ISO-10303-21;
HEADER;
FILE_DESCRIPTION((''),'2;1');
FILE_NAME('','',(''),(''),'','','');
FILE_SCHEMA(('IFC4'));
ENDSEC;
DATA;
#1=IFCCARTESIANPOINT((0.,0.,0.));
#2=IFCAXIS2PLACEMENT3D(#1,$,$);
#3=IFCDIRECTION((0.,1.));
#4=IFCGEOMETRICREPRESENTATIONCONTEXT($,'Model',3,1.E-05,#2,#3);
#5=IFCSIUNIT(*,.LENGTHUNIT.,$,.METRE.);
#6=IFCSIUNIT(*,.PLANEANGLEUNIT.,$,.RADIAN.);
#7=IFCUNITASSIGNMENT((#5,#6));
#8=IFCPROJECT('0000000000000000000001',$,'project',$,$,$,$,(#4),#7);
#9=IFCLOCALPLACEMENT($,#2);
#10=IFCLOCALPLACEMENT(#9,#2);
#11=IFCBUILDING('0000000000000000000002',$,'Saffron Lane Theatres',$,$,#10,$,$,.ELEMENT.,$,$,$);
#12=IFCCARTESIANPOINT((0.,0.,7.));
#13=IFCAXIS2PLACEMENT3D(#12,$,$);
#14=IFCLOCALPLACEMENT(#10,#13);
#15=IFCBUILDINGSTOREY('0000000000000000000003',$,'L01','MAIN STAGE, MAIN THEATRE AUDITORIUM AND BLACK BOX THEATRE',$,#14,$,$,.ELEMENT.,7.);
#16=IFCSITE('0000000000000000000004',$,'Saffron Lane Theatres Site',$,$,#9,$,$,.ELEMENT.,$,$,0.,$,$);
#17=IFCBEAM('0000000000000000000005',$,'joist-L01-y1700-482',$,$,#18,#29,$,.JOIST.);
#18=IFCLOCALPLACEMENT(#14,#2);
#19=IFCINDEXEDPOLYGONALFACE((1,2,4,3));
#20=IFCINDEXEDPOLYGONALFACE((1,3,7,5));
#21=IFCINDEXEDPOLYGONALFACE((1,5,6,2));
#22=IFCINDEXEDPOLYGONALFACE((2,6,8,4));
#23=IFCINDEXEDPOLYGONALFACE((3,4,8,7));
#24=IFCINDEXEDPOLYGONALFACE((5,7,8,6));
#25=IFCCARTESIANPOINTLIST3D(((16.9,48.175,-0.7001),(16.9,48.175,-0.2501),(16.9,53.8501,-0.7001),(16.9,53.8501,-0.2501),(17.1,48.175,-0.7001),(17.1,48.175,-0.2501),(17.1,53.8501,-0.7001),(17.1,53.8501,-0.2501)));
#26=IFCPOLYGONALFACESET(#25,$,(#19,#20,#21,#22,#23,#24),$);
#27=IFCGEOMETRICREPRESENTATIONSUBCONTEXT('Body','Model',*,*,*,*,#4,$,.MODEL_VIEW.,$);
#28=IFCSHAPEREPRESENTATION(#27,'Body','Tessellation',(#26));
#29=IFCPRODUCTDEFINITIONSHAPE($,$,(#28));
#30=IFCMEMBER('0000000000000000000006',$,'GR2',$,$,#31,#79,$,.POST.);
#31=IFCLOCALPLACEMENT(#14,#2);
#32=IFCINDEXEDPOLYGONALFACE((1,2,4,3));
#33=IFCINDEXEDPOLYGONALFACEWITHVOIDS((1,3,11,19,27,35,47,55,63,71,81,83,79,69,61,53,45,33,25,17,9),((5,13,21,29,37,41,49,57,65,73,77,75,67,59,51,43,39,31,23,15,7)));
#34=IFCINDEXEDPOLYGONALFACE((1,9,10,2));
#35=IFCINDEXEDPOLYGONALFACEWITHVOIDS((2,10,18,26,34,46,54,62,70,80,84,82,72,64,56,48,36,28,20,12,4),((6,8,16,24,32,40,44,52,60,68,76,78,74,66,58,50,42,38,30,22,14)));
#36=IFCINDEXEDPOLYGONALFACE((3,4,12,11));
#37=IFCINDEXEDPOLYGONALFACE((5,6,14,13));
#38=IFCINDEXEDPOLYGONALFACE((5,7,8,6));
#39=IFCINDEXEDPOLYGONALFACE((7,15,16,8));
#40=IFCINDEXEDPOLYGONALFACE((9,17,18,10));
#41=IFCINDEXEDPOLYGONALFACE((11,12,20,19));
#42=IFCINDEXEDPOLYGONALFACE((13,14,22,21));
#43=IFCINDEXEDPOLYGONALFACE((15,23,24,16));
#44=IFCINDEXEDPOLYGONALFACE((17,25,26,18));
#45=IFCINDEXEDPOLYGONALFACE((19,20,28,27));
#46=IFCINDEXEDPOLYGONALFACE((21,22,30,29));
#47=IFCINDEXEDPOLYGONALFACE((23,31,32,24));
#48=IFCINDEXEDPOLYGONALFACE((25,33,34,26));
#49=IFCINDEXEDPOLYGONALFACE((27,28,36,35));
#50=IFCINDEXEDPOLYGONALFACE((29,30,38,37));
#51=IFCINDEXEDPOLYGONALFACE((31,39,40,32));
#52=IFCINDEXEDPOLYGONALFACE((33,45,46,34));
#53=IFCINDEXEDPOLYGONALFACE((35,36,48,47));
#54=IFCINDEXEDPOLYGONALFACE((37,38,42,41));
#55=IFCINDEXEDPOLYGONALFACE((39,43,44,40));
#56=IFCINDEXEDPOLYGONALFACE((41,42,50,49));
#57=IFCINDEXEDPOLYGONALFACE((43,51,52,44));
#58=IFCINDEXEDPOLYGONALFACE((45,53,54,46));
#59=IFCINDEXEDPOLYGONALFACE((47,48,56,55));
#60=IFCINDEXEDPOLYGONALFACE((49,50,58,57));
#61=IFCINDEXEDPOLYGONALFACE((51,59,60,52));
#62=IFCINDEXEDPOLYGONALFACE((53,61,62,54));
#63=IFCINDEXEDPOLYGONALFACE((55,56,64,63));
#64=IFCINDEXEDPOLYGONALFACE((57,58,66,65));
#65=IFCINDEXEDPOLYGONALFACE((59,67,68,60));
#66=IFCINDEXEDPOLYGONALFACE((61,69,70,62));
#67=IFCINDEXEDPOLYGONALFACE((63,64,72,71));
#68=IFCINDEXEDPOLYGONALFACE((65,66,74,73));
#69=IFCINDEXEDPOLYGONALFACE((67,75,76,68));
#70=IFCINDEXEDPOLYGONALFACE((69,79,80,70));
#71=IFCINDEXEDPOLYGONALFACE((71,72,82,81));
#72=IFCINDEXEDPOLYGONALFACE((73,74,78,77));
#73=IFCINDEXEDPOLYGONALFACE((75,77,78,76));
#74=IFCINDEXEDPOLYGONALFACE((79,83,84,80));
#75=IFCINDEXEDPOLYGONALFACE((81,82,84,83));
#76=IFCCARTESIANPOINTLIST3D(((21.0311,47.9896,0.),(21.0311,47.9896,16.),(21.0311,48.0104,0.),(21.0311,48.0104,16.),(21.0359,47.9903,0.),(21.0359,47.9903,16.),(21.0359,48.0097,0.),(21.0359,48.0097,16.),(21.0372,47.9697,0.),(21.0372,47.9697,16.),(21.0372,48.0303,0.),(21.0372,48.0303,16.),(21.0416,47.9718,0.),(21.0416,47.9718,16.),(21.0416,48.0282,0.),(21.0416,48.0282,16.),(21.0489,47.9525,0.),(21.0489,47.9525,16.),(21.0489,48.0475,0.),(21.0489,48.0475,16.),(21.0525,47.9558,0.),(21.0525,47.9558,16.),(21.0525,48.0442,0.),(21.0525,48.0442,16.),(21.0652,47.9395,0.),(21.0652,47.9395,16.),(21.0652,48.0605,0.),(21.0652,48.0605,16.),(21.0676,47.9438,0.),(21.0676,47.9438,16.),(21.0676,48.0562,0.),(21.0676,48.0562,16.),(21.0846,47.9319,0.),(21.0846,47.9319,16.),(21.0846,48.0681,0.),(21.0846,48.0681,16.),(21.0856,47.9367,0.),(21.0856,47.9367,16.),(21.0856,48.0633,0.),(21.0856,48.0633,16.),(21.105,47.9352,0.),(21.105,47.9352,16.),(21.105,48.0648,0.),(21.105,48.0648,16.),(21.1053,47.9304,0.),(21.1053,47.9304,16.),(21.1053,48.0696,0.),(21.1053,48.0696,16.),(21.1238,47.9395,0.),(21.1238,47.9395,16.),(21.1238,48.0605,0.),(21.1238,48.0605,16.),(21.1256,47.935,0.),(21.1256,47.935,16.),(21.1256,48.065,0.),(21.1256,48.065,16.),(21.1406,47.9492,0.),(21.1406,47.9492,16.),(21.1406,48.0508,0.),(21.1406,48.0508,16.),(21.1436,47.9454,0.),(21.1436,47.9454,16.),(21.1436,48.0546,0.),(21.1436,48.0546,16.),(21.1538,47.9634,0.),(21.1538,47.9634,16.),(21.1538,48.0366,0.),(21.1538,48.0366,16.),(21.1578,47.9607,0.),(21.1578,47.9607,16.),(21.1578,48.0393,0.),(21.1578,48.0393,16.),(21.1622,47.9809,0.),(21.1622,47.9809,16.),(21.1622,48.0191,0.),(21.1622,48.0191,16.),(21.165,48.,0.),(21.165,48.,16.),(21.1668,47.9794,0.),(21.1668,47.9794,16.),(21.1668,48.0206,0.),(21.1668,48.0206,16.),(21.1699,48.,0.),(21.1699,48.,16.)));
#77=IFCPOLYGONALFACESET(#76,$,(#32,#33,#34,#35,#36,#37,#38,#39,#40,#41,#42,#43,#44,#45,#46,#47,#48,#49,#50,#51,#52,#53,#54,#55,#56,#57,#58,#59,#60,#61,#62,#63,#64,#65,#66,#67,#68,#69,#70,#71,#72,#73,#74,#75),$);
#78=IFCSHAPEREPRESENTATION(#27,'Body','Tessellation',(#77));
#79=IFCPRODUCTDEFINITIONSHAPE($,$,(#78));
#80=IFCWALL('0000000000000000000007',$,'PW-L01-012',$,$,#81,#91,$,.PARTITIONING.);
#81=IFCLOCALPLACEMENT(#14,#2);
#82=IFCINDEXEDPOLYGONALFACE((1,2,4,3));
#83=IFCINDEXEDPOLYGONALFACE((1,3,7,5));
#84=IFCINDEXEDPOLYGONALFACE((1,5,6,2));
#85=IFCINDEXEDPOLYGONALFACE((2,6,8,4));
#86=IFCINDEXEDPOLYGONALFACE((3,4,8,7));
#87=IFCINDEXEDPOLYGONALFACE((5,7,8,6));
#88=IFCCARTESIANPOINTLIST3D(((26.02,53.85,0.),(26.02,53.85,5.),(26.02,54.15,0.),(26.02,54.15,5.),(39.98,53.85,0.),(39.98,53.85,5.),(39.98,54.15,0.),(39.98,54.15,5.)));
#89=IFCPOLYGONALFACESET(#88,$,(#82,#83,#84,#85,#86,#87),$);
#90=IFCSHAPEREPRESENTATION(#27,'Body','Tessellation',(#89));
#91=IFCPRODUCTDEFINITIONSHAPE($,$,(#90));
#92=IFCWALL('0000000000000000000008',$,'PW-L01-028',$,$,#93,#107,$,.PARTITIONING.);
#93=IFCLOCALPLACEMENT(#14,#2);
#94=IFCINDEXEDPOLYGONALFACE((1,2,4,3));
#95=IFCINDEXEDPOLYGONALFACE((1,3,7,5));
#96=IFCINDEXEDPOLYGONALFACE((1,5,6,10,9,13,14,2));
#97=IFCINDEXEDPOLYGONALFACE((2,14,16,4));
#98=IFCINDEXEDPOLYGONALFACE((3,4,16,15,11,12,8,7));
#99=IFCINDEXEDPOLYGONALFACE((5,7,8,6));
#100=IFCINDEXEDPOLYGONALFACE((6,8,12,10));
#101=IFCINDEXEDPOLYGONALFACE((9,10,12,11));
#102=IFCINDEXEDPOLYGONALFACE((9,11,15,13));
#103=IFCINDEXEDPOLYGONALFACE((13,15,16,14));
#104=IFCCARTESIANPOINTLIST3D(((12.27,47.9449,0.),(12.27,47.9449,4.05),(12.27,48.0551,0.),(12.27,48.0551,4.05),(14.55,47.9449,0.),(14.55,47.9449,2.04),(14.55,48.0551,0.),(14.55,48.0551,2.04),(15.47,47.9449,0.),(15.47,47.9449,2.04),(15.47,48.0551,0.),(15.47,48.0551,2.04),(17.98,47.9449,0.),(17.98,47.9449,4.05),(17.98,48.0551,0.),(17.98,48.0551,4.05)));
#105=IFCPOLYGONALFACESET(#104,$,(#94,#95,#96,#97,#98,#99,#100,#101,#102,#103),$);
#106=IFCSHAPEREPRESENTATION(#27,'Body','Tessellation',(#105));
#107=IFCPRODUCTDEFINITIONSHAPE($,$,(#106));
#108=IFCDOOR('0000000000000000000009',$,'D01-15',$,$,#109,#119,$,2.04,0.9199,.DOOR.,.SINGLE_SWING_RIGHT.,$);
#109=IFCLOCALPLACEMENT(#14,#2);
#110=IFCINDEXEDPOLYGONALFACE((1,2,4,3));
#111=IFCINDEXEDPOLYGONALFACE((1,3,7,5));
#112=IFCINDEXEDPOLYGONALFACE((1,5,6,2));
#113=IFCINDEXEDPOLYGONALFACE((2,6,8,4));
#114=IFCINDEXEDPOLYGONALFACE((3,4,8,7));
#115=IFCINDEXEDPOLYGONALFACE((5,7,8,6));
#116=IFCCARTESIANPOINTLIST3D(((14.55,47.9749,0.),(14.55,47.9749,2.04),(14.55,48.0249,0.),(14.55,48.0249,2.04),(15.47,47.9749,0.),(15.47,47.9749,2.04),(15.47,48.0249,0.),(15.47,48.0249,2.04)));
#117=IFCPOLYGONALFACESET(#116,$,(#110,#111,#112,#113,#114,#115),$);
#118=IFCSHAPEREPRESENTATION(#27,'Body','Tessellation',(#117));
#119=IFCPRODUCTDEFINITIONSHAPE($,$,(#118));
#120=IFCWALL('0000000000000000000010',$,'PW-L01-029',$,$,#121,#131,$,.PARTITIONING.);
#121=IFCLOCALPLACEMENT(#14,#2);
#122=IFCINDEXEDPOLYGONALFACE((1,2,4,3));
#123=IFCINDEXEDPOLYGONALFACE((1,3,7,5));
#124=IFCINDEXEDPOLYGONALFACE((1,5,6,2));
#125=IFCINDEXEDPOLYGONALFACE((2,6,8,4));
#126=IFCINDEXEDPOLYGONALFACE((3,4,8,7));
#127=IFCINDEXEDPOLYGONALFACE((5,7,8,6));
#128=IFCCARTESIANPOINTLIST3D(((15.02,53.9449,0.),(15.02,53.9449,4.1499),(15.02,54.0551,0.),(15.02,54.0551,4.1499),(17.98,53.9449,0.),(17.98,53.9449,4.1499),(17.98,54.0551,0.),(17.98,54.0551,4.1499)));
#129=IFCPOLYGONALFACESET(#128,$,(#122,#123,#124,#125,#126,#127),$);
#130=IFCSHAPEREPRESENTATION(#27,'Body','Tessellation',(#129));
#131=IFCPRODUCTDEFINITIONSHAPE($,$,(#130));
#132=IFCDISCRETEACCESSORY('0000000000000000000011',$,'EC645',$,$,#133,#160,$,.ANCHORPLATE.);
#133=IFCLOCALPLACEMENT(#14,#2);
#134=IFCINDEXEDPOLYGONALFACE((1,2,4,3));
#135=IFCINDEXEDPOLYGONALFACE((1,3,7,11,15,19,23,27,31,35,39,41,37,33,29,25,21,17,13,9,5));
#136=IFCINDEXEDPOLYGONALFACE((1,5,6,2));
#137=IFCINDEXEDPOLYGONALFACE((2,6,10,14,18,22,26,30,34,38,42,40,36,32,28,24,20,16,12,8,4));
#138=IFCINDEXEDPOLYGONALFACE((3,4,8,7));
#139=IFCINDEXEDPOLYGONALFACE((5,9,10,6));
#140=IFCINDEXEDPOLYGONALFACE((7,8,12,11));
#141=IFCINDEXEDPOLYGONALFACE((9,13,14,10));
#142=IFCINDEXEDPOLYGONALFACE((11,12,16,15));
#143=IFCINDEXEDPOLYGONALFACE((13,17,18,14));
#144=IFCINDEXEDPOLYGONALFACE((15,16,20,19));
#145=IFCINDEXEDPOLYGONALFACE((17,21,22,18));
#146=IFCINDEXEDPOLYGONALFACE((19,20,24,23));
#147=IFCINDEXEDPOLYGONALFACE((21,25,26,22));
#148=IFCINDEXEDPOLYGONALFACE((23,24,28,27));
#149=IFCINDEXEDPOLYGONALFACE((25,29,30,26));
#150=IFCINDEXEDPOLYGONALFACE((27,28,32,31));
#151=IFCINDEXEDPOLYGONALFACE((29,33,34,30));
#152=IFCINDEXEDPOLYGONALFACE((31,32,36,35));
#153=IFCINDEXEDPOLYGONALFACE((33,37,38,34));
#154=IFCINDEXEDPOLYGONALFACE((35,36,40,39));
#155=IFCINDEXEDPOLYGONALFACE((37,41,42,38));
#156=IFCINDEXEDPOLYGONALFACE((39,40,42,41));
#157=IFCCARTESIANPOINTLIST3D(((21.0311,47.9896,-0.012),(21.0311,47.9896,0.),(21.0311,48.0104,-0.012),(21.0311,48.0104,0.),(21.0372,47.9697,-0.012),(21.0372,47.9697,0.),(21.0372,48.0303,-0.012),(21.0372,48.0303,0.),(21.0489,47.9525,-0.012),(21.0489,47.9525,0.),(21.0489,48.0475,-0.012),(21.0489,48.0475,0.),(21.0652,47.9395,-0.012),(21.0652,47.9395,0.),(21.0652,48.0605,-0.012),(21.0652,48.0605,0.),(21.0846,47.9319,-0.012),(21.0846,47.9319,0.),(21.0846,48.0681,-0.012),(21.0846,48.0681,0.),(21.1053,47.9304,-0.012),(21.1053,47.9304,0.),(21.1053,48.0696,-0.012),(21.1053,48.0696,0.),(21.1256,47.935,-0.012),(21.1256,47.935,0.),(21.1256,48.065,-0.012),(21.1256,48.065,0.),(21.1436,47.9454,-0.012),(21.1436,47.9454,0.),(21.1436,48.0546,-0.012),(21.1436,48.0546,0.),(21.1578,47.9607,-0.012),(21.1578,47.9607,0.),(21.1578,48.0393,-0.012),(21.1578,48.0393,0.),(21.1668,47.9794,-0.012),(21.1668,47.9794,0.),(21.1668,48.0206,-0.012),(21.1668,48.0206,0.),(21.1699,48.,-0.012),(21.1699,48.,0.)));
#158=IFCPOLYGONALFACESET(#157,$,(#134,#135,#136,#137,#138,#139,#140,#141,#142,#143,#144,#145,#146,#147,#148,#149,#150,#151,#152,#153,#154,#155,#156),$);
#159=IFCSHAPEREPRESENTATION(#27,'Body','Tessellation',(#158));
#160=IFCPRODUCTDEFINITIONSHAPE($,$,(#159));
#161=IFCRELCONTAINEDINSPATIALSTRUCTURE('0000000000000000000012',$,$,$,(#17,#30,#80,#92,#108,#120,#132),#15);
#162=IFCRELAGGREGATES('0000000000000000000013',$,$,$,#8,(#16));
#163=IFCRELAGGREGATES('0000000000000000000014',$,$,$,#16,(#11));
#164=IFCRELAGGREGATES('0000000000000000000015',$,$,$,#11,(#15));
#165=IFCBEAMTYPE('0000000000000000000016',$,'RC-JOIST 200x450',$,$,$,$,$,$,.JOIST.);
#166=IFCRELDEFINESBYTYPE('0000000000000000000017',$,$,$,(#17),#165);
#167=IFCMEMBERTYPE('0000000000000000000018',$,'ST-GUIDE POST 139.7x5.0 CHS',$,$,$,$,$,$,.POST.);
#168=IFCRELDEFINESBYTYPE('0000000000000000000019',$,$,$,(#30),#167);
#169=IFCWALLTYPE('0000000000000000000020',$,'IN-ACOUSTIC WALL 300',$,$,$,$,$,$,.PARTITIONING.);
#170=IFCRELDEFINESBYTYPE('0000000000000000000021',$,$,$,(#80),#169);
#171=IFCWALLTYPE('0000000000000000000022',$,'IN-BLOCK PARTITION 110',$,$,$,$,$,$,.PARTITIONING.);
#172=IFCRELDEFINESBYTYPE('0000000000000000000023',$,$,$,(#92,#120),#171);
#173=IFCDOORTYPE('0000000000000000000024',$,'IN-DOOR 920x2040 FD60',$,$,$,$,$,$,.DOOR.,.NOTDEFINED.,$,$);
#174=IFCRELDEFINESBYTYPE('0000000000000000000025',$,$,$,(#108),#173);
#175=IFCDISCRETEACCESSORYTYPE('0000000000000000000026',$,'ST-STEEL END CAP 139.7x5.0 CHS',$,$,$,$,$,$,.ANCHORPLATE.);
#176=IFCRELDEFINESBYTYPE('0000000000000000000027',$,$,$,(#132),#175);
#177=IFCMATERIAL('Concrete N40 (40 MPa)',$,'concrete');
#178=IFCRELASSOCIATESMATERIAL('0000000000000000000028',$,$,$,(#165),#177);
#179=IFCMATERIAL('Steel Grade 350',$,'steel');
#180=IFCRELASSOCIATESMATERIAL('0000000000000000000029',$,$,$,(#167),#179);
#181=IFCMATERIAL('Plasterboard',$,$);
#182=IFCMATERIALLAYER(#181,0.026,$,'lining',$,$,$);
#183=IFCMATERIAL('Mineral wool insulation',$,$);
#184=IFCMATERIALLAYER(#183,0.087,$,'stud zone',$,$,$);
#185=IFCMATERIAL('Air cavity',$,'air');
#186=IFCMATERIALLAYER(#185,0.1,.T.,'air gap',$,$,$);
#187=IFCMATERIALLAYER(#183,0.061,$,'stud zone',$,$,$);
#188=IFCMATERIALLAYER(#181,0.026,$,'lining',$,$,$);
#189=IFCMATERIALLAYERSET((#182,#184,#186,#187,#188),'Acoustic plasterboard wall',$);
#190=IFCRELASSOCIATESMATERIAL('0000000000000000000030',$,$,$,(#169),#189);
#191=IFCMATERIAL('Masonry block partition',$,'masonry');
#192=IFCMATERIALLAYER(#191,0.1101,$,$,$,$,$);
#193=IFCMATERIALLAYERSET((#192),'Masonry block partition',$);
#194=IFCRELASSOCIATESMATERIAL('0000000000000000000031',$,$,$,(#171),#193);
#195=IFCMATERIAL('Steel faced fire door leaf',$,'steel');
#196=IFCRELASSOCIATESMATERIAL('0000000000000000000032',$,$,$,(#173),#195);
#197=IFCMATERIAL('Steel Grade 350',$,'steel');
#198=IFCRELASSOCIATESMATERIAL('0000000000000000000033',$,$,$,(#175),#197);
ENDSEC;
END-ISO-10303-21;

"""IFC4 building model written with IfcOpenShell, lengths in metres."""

from ifc_helpers import new_model, si_unit, direction, frame, frame_2d, origin, origin_2d, place, context, subcontext, project, spatial, rectangle, circle, hollow_circle, extrude, material, layer, layer_set, material_profile, profile_set, type_object, element, fill, save


model = new_model("IFC4")

# Units and contexts
model_context = context("Model", 3, precision=1e-05, world=origin(), true_north=direction((0.0, 1.0)))
body_context = subcontext(model_context, "Body", "Model", "MODEL_VIEW")
ifc_project = project(units=[si_unit("LENGTHUNIT", "METRE"), si_unit("PLANEANGLEUNIT", "RADIAN")], contexts=[model_context])

# Site, building, storey
site_placement = place(None, origin())
site = spatial("IfcSite", under=ifc_project, at=site_placement, Name="Saffron Lane Theatres Site", CompositionType="ELEMENT", RefElevation=0.0)
building_placement = place(site_placement, origin())
building = spatial("IfcBuilding", under=site, at=building_placement, Name="Saffron Lane Theatres", CompositionType="ELEMENT")
storey_placement = place(building_placement, frame((0.0, 0.0, 7.0)))
storey = spatial("IfcBuildingStorey", under=building, at=storey_placement, Name="L01", Description="MAIN STAGE, MAIN THEATRE AUDITORIUM AND BLACK BOX THEATRE", CompositionType="ELEMENT", Elevation=7.0)

# Beam
ifc_material_1 = material(Name="Concrete N40 (40 MPa)", Category="concrete")
ifc_material_profile_1 = material_profile(ifc_material_1, rectangle(XDim=0.2, YDim=0.45, at=origin_2d()))
ifc_profile_set_1 = profile_set([ifc_material_profile_1], Name="Concrete N40 (40 MPa)")
beam_type_1 = type_object("IfcBeamType", Name="RC-JOIST 200x450", PredefinedType="JOIST", material=ifc_profile_set_1)
for number, where, z_axis, x_axis, name in (
    (1, (17.0, 48.175, -0.4751), (0.0, 1.0, 0.0), (-1.0, 0.0, 0.0), "joist-L01-y1700-482"),
):
    element("IfcBeam", number, at=place(storey_placement, frame(where, z_axis=z_axis, x_axis=x_axis)), inside=storey, type_object=beam_type_1, Name=name, PredefinedType="JOIST", context=body_context, shape_type="SweptSolid", body=[
        extrude(rectangle(XDim=0.2, YDim=0.45, at=origin_2d()), origin(), (0.0, 0.0, 1.0), 5.675),
    ])

# Member
ifc_material_2 = material(Name="Steel Grade 350", Category="steel")
ifc_material_profile_2 = material_profile(ifc_material_2, hollow_circle(Radius=0.0698, WallThickness=0.0049, at=origin_2d()))
ifc_profile_set_2 = profile_set([ifc_material_profile_2], Name="Steel Grade 350")
member_type_1 = type_object("IfcMemberType", Name="ST-GUIDE POST 139.7x5.0 CHS", PredefinedType="POST", material=ifc_profile_set_2)
member_1_placement = place(storey_placement, frame((21.1001, 48.0, 0.0), z_axis=(0.0, 0.0, 1.0), x_axis=(1.0, 0.0, 0.0)))
element("IfcMember", 2, at=member_1_placement, inside=storey, type_object=member_type_1, Name="GR2", PredefinedType="POST", context=body_context, shape_type="SweptSolid", body=[
    extrude(hollow_circle(Radius=0.0698, WallThickness=0.0049, at=origin_2d()), origin(), (0.0, 0.0, 1.0), 16.0),
])

# Wall
ifc_material_3 = material(Name="Plasterboard")
ifc_layer_1 = layer(ifc_material_3, 0.026, Name="lining")
ifc_material_4 = material(Name="Mineral wool insulation")
ifc_layer_2 = layer(ifc_material_4, 0.087, Name="stud zone")
ifc_material_5 = material(Name="Air cavity", Category="air")
ifc_layer_3 = layer(ifc_material_5, 0.1, ventilated=True, Name="air gap")
ifc_layer_4 = layer(ifc_material_4, 0.061, Name="stud zone")
ifc_layer_5 = layer(ifc_material_3, 0.026, Name="lining")
ifc_layer_set_1 = layer_set([ifc_layer_1, ifc_layer_2, ifc_layer_3, ifc_layer_4, ifc_layer_5], Name="Acoustic plasterboard wall")
wall_type_1 = type_object("IfcWallType", Name="IN-ACOUSTIC WALL 300", PredefinedType="PARTITIONING", material=ifc_layer_set_1)
wall_1_placement = place(storey_placement, frame((26.02, 54.0, 0.0), z_axis=(0.0, 0.0, 1.0), x_axis=(1.0, 0.0, 0.0)))
element("IfcWall", 3, at=wall_1_placement, inside=storey, type_object=wall_type_1, Name="PW-L01-012", PredefinedType="PARTITIONING", context=body_context, shape_type="SweptSolid", body=[
    extrude(rectangle(XDim=13.96, YDim=0.3, at=frame_2d((6.98, 0.0))), origin(), (0.0, 0.0, 1.0), 5.0),
])

# Wall, opening, door
ifc_material_6 = material(Name="Masonry block partition", Category="masonry")
ifc_layer_6 = layer(ifc_material_6, 0.1101)
ifc_layer_set_2 = layer_set([ifc_layer_6], Name="Masonry block partition")
wall_type_2 = type_object("IfcWallType", Name="IN-BLOCK PARTITION 110", PredefinedType="PARTITIONING", material=ifc_layer_set_2)
wall_2_placement = place(storey_placement, frame((12.27, 48.0, 0.0), z_axis=(0.0, 0.0, 1.0), x_axis=(1.0, 0.0, 0.0)))
wall_2 = element("IfcWall", 4, at=wall_2_placement, inside=storey, type_object=wall_type_2, Name="PW-L01-028", PredefinedType="PARTITIONING", context=body_context, shape_type="SweptSolid", body=[
    extrude(rectangle(XDim=5.71, YDim=0.1101, at=frame_2d((2.855, 0.0))), origin(), (0.0, 0.0, 1.0), 4.05),
])
opening_placement = place(wall_2_placement, frame((2.28, 0.0, 0.0)))
opening = element("IfcOpeningElement", 5, at=opening_placement, cuts=wall_2, PredefinedType="OPENING", context=body_context, shape_type="SweptSolid", body=[
    extrude(rectangle(XDim=0.9199, YDim=2.04, at=frame_2d((0.46, 1.02))), frame((0.0, 0.0649, 0.0), z_axis=(0.0, -1.0, 0.0), x_axis=(1.0, 0.0, 0.0)), (0.0, 0.0, 1.0), 0.1301),
])
ifc_material_7 = material(Name="Steel faced fire door leaf", Category="steel")
door_type = type_object("IfcDoorType", Name="IN-DOOR 920x2040 FD60", OperationType="NOTDEFINED", PredefinedType="DOOR", material=ifc_material_7)
door_placement = place(opening_placement, origin())
door = element("IfcDoor", 6, at=door_placement, inside=storey, type_object=door_type, Name="D01-15", OperationType="SINGLE_SWING_RIGHT", OverallHeight=2.04, OverallWidth=0.9199, PredefinedType="DOOR", context=body_context, shape_type="SweptSolid", body=[
    extrude(rectangle(XDim=0.9199, YDim=2.04, at=frame_2d((0.46, 1.02))), frame((0.0, 0.0249, 0.0), z_axis=(0.0, -1.0, 0.0), x_axis=(1.0, 0.0, 0.0)), (0.0, 0.0, 1.0), 0.05),
])
fill(opening, door)

# Wall
wall_3_placement = place(storey_placement, frame((15.02, 54.0, 0.0), z_axis=(0.0, 0.0, 1.0), x_axis=(1.0, 0.0, 0.0)))
element("IfcWall", 7, at=wall_3_placement, inside=storey, type_object=wall_type_2, Name="PW-L01-029", PredefinedType="PARTITIONING", context=body_context, shape_type="SweptSolid", body=[
    extrude(rectangle(XDim=2.96, YDim=0.1101, at=frame_2d((1.48, 0.0))), origin(), (0.0, 0.0, 1.0), 4.1499),
])

# Discrete accessory
ifc_material_8 = material(Name="Steel Grade 350", Category="steel")
ifc_material_profile_3 = material_profile(ifc_material_8, circle(Radius=0.0698, at=origin_2d()))
ifc_profile_set_3 = profile_set([ifc_material_profile_3], Name="Steel Grade 350")
discrete_accessory_type = type_object("IfcDiscreteAccessoryType", Name="ST-STEEL END CAP 139.7x5.0 CHS", PredefinedType="ANCHORPLATE", material=ifc_profile_set_3)
discrete_accessory_placement = place(storey_placement, frame((21.1001, 48.0, -0.012), z_axis=(0.0, 0.0, 1.0), x_axis=(1.0, 0.0, 0.0)))
element("IfcDiscreteAccessory", 8, at=discrete_accessory_placement, inside=storey, type_object=discrete_accessory_type, Name="EC645", PredefinedType="ANCHORPLATE", context=body_context, shape_type="SweptSolid", body=[
    extrude(circle(Radius=0.0698, at=origin_2d()), origin(), (0.0, 0.0, 1.0), 0.012),
])

save(model, "model.ifc")
